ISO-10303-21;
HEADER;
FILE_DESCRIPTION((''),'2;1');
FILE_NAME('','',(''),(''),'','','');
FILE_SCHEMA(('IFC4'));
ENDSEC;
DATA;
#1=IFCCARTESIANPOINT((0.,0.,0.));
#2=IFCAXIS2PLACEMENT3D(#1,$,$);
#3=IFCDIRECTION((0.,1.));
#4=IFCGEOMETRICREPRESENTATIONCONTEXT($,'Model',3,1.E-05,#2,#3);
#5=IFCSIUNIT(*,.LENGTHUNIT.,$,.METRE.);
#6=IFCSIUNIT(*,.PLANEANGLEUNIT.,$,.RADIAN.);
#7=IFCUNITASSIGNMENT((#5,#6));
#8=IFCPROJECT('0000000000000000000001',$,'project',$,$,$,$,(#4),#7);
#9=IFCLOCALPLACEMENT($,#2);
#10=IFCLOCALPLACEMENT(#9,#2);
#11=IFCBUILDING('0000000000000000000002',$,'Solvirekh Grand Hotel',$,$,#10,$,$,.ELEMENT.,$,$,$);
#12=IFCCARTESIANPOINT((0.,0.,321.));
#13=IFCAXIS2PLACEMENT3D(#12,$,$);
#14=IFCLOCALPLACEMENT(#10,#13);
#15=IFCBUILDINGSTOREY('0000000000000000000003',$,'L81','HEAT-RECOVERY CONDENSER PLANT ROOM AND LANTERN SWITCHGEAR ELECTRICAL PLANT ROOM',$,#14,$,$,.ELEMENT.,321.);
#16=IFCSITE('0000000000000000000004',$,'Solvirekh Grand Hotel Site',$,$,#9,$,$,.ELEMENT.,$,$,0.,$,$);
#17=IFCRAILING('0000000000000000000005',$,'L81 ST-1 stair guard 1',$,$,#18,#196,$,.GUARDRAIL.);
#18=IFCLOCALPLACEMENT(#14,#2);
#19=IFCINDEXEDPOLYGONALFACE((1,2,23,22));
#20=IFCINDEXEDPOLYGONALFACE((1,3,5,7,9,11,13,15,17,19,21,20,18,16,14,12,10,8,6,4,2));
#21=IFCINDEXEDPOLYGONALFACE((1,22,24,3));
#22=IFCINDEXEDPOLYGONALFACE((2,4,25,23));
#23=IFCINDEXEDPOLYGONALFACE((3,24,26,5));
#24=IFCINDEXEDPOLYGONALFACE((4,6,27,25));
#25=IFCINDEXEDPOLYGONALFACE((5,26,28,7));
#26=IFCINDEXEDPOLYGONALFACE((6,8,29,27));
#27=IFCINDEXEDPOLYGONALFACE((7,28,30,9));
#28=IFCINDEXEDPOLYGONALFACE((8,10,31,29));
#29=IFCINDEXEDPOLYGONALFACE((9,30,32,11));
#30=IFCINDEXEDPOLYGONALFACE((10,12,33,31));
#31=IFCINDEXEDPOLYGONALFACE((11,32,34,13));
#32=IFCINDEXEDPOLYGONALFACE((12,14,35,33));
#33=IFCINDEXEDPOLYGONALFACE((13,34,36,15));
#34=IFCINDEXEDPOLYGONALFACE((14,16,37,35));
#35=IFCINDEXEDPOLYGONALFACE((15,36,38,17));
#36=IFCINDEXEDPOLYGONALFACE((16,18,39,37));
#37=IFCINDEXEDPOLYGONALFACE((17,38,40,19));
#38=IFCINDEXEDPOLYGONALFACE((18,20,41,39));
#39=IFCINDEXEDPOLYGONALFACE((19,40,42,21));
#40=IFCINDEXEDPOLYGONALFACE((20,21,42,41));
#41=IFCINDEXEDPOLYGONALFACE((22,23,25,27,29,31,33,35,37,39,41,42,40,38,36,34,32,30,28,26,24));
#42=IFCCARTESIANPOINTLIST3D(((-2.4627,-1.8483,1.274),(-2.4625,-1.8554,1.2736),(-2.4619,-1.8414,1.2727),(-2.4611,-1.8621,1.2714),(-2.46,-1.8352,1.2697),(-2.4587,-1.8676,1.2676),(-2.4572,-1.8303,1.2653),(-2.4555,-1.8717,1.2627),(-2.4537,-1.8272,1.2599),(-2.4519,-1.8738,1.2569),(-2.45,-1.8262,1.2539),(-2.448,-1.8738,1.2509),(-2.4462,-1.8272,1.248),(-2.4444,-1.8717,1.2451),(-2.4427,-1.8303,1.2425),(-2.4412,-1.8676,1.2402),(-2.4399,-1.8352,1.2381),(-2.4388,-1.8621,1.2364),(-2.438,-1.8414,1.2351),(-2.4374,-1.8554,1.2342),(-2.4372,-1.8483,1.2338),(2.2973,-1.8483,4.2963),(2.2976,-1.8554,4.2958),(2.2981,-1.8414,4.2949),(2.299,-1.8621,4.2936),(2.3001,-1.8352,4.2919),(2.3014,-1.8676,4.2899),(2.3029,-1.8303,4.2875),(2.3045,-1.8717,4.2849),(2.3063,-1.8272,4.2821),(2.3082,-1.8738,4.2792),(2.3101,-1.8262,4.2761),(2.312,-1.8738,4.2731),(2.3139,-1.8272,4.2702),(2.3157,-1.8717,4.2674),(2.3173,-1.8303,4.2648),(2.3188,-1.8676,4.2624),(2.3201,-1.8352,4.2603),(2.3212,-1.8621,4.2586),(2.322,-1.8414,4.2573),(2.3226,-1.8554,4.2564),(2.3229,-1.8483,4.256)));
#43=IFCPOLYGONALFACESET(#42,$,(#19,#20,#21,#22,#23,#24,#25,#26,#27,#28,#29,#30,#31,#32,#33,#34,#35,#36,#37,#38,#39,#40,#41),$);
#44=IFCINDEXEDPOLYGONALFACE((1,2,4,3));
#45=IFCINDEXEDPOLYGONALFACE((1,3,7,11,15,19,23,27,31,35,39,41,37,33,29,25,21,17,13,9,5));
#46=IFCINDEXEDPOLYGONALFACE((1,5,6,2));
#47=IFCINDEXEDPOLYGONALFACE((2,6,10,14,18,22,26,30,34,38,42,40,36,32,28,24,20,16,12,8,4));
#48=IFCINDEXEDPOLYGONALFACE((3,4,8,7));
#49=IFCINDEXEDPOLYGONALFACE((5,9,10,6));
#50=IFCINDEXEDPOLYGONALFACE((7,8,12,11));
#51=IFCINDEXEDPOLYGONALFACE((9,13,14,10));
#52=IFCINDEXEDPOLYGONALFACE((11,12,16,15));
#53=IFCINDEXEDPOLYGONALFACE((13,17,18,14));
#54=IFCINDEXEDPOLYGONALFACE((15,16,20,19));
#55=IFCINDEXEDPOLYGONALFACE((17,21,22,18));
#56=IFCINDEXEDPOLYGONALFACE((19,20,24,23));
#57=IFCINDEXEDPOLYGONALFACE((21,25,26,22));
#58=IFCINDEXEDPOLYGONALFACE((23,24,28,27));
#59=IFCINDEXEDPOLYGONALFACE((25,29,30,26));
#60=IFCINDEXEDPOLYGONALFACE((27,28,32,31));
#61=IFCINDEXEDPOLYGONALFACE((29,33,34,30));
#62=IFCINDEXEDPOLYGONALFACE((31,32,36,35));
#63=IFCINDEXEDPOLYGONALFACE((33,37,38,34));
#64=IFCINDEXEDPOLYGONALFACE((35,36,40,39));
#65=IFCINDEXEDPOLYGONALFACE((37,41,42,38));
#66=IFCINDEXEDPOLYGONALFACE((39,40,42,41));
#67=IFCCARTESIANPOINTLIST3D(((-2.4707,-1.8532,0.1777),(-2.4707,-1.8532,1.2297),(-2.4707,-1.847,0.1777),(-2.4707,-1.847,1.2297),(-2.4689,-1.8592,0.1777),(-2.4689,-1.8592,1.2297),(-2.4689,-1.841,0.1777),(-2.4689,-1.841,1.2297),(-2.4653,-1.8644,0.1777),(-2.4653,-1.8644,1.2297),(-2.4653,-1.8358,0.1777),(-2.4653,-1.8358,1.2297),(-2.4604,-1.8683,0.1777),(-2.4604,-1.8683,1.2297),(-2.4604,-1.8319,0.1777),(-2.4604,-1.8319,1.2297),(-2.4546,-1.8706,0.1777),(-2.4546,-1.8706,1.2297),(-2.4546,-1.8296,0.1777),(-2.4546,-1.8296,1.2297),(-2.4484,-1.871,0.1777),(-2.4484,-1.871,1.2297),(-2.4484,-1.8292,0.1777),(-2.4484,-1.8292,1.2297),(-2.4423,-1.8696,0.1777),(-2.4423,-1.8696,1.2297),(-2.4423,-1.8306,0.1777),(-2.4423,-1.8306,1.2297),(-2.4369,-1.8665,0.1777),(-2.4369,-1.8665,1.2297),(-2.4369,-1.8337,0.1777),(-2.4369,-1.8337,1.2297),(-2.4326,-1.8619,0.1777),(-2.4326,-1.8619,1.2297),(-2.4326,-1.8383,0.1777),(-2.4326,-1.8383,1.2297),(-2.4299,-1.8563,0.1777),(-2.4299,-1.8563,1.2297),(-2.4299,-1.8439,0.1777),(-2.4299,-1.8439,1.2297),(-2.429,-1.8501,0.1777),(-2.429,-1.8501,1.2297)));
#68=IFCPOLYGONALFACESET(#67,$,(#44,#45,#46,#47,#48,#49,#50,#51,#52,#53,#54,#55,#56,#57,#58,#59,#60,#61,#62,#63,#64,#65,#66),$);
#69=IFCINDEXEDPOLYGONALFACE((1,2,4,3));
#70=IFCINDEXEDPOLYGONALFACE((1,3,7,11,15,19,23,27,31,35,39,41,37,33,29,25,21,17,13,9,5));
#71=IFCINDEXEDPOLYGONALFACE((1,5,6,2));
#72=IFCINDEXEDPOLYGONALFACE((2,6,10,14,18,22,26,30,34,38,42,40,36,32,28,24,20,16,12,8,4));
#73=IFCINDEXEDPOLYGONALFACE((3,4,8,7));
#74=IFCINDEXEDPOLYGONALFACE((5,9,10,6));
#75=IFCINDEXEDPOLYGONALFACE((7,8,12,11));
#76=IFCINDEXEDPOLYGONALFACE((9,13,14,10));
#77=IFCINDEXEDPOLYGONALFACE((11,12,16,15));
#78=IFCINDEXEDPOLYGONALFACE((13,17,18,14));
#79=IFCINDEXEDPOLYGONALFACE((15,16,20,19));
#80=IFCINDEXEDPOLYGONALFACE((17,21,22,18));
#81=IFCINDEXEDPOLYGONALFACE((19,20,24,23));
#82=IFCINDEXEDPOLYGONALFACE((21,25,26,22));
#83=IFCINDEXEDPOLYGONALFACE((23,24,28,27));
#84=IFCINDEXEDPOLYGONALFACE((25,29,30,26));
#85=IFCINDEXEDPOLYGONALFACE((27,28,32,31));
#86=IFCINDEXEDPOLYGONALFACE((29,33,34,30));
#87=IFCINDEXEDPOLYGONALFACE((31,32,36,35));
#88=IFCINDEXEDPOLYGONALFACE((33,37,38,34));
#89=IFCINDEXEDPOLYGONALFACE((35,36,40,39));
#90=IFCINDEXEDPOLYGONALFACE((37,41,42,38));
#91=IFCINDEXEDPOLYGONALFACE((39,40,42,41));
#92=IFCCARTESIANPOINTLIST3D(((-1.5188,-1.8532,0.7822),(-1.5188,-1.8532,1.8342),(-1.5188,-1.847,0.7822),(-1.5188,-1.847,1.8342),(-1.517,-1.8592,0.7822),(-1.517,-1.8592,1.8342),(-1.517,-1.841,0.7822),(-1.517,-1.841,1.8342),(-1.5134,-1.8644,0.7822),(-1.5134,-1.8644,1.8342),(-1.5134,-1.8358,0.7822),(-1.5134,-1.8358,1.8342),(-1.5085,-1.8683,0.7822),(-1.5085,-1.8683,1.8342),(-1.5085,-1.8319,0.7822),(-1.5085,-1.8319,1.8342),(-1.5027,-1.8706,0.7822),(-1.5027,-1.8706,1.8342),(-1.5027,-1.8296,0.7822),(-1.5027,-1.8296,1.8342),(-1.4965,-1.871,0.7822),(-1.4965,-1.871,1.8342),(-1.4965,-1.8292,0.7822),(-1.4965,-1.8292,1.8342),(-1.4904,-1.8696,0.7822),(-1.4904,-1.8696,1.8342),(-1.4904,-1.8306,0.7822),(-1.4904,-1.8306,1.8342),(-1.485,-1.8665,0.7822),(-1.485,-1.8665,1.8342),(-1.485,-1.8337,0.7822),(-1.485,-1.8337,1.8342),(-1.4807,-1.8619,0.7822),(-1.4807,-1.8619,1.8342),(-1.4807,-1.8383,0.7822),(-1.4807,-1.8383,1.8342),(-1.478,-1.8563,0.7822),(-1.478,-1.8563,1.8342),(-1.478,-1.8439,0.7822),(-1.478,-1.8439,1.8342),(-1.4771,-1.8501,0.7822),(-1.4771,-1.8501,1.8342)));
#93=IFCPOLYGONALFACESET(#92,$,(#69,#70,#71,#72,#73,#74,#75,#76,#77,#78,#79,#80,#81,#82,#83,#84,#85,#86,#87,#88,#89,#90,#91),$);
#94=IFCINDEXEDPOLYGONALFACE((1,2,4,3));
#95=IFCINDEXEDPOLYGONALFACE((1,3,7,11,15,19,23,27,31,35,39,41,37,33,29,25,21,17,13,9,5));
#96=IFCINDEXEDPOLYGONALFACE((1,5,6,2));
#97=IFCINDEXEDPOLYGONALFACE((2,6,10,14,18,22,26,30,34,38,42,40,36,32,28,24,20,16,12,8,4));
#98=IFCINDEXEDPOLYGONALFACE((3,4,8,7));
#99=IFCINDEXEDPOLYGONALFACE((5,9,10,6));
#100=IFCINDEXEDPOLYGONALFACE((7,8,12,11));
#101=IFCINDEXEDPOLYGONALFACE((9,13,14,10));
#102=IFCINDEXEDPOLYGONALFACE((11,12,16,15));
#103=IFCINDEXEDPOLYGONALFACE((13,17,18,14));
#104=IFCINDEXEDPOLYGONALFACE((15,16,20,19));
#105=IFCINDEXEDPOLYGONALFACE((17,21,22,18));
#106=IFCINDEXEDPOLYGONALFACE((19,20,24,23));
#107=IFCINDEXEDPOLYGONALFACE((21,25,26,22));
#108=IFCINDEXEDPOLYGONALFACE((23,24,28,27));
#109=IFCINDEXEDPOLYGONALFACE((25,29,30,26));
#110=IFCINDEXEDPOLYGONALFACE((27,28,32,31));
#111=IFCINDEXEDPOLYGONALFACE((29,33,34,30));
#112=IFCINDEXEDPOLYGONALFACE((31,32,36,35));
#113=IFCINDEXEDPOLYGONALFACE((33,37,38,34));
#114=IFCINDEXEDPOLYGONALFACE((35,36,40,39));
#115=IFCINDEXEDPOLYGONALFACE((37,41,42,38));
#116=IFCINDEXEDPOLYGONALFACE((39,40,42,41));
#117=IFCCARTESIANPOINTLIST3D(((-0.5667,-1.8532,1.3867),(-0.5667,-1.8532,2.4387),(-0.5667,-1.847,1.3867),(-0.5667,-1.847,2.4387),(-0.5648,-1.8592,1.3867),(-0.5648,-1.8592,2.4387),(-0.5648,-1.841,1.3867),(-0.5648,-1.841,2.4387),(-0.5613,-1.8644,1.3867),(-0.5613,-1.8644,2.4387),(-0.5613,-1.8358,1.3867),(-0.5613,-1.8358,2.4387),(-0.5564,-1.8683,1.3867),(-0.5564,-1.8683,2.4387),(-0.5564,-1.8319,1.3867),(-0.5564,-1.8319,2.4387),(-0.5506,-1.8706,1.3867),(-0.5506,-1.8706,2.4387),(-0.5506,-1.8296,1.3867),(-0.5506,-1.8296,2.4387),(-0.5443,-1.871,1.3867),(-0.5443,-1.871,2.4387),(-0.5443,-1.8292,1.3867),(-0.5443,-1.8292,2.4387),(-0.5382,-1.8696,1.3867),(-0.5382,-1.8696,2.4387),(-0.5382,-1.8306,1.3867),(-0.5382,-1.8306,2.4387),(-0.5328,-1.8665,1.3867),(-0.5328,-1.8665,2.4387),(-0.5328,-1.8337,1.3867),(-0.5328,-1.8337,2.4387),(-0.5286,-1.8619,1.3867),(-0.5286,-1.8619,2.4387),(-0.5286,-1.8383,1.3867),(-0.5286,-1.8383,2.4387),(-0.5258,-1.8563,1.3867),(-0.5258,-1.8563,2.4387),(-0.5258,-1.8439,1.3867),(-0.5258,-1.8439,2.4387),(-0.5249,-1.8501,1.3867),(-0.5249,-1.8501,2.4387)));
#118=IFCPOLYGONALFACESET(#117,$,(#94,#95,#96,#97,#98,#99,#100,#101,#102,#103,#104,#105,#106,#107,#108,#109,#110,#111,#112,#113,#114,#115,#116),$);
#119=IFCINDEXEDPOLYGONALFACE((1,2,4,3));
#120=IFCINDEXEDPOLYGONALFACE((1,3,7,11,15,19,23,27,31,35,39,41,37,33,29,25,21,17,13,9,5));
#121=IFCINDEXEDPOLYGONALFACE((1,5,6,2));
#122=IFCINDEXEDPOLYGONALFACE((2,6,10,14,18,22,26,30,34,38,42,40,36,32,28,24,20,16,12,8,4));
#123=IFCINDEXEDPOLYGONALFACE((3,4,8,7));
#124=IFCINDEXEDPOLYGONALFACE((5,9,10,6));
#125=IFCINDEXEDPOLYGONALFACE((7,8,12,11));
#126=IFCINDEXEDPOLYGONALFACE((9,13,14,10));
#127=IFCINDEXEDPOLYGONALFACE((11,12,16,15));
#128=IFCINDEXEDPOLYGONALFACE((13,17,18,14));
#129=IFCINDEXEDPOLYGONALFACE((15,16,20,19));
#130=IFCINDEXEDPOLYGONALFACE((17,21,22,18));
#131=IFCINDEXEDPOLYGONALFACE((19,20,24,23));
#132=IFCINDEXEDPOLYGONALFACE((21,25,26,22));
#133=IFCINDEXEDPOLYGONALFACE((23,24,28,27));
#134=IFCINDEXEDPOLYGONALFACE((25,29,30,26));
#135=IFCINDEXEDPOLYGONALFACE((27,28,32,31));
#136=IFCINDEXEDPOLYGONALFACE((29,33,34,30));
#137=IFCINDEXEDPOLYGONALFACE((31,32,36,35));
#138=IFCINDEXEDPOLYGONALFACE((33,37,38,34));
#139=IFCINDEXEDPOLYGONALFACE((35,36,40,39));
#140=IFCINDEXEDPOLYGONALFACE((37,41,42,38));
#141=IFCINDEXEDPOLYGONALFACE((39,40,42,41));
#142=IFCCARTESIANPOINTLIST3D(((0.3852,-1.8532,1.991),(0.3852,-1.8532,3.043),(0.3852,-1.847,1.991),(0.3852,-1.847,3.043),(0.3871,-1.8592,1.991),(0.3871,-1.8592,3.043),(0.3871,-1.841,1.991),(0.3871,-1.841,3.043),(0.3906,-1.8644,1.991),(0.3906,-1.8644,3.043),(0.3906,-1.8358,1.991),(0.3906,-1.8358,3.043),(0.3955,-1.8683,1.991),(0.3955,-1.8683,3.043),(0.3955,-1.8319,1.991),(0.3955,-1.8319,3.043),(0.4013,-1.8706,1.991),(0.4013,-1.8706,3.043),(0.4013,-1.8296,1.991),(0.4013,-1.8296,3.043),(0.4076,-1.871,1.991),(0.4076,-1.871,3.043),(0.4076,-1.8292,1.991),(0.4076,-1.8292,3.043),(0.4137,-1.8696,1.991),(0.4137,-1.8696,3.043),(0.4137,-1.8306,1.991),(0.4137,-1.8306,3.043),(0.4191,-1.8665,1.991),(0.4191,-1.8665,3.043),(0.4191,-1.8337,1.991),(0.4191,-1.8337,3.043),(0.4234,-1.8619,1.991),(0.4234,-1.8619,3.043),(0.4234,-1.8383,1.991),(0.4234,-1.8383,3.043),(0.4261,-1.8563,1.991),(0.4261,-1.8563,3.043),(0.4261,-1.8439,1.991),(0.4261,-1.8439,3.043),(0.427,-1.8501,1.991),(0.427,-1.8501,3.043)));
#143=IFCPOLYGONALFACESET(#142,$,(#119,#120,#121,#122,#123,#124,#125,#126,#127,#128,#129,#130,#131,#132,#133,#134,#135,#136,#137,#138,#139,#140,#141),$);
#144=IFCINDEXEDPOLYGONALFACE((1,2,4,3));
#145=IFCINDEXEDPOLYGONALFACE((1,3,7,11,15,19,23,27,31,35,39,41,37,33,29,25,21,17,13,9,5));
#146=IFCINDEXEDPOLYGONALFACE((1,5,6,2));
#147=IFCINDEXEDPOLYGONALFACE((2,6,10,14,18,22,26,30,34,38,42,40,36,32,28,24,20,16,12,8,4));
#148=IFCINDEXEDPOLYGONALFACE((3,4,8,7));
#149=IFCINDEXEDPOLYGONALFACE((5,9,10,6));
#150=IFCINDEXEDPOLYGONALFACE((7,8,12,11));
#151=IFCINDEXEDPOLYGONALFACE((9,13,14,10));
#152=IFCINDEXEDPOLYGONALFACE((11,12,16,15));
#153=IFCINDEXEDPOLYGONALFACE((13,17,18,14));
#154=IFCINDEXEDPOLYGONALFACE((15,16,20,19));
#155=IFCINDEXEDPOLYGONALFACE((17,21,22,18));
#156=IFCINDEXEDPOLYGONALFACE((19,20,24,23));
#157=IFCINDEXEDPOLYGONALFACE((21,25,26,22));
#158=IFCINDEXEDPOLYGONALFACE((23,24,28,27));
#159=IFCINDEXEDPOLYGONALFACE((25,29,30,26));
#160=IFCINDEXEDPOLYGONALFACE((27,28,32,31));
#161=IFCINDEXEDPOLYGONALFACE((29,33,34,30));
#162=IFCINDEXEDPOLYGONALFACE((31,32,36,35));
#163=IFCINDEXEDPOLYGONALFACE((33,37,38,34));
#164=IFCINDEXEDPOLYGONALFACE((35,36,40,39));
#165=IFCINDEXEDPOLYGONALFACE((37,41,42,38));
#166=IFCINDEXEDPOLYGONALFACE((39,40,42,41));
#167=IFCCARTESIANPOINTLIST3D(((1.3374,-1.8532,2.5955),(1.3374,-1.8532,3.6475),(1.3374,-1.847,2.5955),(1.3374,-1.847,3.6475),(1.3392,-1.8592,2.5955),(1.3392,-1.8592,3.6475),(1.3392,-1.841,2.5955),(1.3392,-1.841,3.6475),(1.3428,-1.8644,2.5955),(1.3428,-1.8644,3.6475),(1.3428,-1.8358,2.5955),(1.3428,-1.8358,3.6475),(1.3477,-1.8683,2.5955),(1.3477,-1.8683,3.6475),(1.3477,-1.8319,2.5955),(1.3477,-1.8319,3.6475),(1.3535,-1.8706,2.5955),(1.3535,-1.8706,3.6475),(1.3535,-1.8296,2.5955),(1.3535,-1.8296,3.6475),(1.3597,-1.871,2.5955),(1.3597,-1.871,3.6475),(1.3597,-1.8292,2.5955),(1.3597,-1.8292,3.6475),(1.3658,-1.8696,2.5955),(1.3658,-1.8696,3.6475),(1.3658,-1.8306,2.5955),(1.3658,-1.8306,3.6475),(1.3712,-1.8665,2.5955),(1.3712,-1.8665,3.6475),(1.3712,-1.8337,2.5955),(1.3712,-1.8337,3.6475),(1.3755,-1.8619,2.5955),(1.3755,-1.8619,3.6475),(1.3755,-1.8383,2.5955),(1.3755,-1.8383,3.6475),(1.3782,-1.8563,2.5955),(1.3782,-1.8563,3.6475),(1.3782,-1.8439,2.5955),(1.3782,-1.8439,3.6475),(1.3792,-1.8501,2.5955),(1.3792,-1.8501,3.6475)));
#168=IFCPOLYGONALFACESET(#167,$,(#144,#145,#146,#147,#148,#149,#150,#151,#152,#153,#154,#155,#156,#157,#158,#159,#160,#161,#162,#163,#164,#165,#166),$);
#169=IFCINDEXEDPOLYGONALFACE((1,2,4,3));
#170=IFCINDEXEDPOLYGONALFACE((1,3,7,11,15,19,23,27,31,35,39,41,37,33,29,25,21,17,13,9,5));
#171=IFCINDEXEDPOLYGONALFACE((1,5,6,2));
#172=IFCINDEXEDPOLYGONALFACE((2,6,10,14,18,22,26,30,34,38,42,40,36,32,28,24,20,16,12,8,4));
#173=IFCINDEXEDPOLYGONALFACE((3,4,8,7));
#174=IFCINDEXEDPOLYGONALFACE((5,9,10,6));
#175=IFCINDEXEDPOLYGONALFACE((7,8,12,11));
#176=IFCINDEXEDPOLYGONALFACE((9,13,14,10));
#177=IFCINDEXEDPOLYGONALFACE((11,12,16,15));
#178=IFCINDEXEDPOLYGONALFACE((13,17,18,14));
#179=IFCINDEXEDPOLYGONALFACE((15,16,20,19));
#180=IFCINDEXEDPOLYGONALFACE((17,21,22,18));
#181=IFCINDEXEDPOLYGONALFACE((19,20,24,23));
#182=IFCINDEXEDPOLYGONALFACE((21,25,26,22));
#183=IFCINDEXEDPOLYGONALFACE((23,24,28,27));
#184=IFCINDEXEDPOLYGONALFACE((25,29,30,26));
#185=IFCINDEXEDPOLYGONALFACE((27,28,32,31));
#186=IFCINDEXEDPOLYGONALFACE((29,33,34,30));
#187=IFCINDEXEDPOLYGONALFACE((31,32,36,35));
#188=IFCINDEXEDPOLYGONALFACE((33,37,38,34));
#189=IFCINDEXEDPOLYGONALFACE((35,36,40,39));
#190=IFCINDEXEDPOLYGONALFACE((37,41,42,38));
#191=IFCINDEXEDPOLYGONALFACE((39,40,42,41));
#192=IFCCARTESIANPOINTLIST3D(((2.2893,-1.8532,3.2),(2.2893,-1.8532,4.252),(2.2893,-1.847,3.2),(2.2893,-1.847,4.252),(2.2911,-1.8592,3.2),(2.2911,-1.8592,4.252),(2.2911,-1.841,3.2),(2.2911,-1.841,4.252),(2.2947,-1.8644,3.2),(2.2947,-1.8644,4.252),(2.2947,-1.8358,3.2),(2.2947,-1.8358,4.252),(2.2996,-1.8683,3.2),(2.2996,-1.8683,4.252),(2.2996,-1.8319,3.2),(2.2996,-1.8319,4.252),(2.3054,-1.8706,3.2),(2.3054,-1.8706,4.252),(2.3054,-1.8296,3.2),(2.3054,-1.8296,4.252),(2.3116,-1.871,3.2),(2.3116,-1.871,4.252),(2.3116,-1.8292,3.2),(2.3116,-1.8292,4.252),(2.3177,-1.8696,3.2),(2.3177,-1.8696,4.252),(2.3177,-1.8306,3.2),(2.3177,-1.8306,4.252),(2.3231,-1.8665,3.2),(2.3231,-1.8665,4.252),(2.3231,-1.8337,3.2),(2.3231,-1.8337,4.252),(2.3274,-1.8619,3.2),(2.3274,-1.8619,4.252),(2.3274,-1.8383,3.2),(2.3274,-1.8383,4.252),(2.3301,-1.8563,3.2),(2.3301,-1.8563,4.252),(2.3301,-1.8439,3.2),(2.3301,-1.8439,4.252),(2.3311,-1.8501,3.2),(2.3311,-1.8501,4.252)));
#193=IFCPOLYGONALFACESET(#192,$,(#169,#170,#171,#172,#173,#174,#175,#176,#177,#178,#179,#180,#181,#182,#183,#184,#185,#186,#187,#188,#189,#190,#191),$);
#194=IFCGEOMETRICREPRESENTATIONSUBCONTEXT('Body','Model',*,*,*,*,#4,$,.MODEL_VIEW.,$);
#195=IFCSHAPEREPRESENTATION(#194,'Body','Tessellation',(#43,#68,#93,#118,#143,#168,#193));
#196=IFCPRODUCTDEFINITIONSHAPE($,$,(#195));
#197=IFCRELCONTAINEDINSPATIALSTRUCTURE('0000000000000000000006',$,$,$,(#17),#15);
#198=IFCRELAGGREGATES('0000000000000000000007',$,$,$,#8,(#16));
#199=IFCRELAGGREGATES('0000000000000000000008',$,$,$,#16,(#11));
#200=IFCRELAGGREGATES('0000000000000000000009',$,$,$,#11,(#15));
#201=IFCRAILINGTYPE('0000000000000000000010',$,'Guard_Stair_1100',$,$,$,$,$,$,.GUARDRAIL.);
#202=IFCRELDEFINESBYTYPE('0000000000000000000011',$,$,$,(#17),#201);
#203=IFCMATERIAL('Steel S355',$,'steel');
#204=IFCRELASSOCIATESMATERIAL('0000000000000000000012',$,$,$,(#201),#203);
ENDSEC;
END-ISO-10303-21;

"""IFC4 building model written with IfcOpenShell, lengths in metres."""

from ifc_helpers import new_model, si_unit, direction, frame, origin, origin_2d, place, context, subcontext, project, spatial, circle, extrude, material, type_object, element, save


model = new_model("IFC4")

# Units and contexts
model_context = context("Model", 3, precision=1e-05, world=origin(), true_north=direction((0.0, 1.0)))
body_context = subcontext(model_context, "Body", "Model", "MODEL_VIEW")
ifc_project = project(units=[si_unit("LENGTHUNIT", "METRE"), si_unit("PLANEANGLEUNIT", "RADIAN")], contexts=[model_context])

# Site, building, storey
site_placement = place(None, origin())
site = spatial("IfcSite", under=ifc_project, at=site_placement, Name="Solvirekh Grand Hotel Site", CompositionType="ELEMENT", RefElevation=0.0)
building_placement = place(site_placement, origin())
building = spatial("IfcBuilding", under=site, at=building_placement, Name="Solvirekh Grand Hotel", CompositionType="ELEMENT")
storey_placement = place(building_placement, frame((0.0, 0.0, 321.0)))
storey = spatial("IfcBuildingStorey", under=building, at=storey_placement, Name="L81", Description="HEAT-RECOVERY CONDENSER PLANT ROOM AND LANTERN SWITCHGEAR ELECTRICAL PLANT ROOM", CompositionType="ELEMENT", Elevation=321.0)

# Shared definitions
ifc_material_1 = material(Name="Steel S355", Category="steel")

# Railing
railing_type_1 = type_object("IfcRailingType", Name="Guard_Stair_1100", PredefinedType="GUARDRAIL", material=ifc_material_1)
railing_1_placement = place(storey_placement, frame((-2.45, -1.8501, 0.1777)))
element("IfcRailing", 1, at=railing_1_placement, inside=storey, type_object=railing_type_1, Name="L81 ST-1 stair guard 1", PredefinedType="GUARDRAIL", context=body_context, shape_type="SweptSolid", body=[
    extrude(circle(Radius=0.0239, at=origin_2d()), frame((0.0, 0.0, 1.0762), z_axis=(0.844214, 0.0, 0.536007), x_axis=(0.0, 1.0, 0.0)), (0.0, 0.0, 1.0), 5.6384),
    extrude(circle(Radius=0.021, at=origin_2d()), origin(), (0.0, 0.0, 1.0), 1.052),
    extrude(circle(Radius=0.021, at=origin_2d()), frame((0.9519, 0.0, 0.6045)), (0.0, 0.0, 1.0), 1.052),
    extrude(circle(Radius=0.021, at=origin_2d()), frame((1.9041, 0.0, 1.209)), (0.0, 0.0, 1.0), 1.052),
    extrude(circle(Radius=0.021, at=origin_2d()), frame((2.856, 0.0, 1.8132)), (0.0, 0.0, 1.0), 1.052),
    extrude(circle(Radius=0.021, at=origin_2d()), frame((3.8081, 0.0, 2.4177)), (0.0, 0.0, 1.0), 1.052),
    extrude(circle(Radius=0.021, at=origin_2d()), frame((4.76, 0.0, 3.0222)), (0.0, 0.0, 1.0), 1.052),
])

save(model, "model.ifc")
